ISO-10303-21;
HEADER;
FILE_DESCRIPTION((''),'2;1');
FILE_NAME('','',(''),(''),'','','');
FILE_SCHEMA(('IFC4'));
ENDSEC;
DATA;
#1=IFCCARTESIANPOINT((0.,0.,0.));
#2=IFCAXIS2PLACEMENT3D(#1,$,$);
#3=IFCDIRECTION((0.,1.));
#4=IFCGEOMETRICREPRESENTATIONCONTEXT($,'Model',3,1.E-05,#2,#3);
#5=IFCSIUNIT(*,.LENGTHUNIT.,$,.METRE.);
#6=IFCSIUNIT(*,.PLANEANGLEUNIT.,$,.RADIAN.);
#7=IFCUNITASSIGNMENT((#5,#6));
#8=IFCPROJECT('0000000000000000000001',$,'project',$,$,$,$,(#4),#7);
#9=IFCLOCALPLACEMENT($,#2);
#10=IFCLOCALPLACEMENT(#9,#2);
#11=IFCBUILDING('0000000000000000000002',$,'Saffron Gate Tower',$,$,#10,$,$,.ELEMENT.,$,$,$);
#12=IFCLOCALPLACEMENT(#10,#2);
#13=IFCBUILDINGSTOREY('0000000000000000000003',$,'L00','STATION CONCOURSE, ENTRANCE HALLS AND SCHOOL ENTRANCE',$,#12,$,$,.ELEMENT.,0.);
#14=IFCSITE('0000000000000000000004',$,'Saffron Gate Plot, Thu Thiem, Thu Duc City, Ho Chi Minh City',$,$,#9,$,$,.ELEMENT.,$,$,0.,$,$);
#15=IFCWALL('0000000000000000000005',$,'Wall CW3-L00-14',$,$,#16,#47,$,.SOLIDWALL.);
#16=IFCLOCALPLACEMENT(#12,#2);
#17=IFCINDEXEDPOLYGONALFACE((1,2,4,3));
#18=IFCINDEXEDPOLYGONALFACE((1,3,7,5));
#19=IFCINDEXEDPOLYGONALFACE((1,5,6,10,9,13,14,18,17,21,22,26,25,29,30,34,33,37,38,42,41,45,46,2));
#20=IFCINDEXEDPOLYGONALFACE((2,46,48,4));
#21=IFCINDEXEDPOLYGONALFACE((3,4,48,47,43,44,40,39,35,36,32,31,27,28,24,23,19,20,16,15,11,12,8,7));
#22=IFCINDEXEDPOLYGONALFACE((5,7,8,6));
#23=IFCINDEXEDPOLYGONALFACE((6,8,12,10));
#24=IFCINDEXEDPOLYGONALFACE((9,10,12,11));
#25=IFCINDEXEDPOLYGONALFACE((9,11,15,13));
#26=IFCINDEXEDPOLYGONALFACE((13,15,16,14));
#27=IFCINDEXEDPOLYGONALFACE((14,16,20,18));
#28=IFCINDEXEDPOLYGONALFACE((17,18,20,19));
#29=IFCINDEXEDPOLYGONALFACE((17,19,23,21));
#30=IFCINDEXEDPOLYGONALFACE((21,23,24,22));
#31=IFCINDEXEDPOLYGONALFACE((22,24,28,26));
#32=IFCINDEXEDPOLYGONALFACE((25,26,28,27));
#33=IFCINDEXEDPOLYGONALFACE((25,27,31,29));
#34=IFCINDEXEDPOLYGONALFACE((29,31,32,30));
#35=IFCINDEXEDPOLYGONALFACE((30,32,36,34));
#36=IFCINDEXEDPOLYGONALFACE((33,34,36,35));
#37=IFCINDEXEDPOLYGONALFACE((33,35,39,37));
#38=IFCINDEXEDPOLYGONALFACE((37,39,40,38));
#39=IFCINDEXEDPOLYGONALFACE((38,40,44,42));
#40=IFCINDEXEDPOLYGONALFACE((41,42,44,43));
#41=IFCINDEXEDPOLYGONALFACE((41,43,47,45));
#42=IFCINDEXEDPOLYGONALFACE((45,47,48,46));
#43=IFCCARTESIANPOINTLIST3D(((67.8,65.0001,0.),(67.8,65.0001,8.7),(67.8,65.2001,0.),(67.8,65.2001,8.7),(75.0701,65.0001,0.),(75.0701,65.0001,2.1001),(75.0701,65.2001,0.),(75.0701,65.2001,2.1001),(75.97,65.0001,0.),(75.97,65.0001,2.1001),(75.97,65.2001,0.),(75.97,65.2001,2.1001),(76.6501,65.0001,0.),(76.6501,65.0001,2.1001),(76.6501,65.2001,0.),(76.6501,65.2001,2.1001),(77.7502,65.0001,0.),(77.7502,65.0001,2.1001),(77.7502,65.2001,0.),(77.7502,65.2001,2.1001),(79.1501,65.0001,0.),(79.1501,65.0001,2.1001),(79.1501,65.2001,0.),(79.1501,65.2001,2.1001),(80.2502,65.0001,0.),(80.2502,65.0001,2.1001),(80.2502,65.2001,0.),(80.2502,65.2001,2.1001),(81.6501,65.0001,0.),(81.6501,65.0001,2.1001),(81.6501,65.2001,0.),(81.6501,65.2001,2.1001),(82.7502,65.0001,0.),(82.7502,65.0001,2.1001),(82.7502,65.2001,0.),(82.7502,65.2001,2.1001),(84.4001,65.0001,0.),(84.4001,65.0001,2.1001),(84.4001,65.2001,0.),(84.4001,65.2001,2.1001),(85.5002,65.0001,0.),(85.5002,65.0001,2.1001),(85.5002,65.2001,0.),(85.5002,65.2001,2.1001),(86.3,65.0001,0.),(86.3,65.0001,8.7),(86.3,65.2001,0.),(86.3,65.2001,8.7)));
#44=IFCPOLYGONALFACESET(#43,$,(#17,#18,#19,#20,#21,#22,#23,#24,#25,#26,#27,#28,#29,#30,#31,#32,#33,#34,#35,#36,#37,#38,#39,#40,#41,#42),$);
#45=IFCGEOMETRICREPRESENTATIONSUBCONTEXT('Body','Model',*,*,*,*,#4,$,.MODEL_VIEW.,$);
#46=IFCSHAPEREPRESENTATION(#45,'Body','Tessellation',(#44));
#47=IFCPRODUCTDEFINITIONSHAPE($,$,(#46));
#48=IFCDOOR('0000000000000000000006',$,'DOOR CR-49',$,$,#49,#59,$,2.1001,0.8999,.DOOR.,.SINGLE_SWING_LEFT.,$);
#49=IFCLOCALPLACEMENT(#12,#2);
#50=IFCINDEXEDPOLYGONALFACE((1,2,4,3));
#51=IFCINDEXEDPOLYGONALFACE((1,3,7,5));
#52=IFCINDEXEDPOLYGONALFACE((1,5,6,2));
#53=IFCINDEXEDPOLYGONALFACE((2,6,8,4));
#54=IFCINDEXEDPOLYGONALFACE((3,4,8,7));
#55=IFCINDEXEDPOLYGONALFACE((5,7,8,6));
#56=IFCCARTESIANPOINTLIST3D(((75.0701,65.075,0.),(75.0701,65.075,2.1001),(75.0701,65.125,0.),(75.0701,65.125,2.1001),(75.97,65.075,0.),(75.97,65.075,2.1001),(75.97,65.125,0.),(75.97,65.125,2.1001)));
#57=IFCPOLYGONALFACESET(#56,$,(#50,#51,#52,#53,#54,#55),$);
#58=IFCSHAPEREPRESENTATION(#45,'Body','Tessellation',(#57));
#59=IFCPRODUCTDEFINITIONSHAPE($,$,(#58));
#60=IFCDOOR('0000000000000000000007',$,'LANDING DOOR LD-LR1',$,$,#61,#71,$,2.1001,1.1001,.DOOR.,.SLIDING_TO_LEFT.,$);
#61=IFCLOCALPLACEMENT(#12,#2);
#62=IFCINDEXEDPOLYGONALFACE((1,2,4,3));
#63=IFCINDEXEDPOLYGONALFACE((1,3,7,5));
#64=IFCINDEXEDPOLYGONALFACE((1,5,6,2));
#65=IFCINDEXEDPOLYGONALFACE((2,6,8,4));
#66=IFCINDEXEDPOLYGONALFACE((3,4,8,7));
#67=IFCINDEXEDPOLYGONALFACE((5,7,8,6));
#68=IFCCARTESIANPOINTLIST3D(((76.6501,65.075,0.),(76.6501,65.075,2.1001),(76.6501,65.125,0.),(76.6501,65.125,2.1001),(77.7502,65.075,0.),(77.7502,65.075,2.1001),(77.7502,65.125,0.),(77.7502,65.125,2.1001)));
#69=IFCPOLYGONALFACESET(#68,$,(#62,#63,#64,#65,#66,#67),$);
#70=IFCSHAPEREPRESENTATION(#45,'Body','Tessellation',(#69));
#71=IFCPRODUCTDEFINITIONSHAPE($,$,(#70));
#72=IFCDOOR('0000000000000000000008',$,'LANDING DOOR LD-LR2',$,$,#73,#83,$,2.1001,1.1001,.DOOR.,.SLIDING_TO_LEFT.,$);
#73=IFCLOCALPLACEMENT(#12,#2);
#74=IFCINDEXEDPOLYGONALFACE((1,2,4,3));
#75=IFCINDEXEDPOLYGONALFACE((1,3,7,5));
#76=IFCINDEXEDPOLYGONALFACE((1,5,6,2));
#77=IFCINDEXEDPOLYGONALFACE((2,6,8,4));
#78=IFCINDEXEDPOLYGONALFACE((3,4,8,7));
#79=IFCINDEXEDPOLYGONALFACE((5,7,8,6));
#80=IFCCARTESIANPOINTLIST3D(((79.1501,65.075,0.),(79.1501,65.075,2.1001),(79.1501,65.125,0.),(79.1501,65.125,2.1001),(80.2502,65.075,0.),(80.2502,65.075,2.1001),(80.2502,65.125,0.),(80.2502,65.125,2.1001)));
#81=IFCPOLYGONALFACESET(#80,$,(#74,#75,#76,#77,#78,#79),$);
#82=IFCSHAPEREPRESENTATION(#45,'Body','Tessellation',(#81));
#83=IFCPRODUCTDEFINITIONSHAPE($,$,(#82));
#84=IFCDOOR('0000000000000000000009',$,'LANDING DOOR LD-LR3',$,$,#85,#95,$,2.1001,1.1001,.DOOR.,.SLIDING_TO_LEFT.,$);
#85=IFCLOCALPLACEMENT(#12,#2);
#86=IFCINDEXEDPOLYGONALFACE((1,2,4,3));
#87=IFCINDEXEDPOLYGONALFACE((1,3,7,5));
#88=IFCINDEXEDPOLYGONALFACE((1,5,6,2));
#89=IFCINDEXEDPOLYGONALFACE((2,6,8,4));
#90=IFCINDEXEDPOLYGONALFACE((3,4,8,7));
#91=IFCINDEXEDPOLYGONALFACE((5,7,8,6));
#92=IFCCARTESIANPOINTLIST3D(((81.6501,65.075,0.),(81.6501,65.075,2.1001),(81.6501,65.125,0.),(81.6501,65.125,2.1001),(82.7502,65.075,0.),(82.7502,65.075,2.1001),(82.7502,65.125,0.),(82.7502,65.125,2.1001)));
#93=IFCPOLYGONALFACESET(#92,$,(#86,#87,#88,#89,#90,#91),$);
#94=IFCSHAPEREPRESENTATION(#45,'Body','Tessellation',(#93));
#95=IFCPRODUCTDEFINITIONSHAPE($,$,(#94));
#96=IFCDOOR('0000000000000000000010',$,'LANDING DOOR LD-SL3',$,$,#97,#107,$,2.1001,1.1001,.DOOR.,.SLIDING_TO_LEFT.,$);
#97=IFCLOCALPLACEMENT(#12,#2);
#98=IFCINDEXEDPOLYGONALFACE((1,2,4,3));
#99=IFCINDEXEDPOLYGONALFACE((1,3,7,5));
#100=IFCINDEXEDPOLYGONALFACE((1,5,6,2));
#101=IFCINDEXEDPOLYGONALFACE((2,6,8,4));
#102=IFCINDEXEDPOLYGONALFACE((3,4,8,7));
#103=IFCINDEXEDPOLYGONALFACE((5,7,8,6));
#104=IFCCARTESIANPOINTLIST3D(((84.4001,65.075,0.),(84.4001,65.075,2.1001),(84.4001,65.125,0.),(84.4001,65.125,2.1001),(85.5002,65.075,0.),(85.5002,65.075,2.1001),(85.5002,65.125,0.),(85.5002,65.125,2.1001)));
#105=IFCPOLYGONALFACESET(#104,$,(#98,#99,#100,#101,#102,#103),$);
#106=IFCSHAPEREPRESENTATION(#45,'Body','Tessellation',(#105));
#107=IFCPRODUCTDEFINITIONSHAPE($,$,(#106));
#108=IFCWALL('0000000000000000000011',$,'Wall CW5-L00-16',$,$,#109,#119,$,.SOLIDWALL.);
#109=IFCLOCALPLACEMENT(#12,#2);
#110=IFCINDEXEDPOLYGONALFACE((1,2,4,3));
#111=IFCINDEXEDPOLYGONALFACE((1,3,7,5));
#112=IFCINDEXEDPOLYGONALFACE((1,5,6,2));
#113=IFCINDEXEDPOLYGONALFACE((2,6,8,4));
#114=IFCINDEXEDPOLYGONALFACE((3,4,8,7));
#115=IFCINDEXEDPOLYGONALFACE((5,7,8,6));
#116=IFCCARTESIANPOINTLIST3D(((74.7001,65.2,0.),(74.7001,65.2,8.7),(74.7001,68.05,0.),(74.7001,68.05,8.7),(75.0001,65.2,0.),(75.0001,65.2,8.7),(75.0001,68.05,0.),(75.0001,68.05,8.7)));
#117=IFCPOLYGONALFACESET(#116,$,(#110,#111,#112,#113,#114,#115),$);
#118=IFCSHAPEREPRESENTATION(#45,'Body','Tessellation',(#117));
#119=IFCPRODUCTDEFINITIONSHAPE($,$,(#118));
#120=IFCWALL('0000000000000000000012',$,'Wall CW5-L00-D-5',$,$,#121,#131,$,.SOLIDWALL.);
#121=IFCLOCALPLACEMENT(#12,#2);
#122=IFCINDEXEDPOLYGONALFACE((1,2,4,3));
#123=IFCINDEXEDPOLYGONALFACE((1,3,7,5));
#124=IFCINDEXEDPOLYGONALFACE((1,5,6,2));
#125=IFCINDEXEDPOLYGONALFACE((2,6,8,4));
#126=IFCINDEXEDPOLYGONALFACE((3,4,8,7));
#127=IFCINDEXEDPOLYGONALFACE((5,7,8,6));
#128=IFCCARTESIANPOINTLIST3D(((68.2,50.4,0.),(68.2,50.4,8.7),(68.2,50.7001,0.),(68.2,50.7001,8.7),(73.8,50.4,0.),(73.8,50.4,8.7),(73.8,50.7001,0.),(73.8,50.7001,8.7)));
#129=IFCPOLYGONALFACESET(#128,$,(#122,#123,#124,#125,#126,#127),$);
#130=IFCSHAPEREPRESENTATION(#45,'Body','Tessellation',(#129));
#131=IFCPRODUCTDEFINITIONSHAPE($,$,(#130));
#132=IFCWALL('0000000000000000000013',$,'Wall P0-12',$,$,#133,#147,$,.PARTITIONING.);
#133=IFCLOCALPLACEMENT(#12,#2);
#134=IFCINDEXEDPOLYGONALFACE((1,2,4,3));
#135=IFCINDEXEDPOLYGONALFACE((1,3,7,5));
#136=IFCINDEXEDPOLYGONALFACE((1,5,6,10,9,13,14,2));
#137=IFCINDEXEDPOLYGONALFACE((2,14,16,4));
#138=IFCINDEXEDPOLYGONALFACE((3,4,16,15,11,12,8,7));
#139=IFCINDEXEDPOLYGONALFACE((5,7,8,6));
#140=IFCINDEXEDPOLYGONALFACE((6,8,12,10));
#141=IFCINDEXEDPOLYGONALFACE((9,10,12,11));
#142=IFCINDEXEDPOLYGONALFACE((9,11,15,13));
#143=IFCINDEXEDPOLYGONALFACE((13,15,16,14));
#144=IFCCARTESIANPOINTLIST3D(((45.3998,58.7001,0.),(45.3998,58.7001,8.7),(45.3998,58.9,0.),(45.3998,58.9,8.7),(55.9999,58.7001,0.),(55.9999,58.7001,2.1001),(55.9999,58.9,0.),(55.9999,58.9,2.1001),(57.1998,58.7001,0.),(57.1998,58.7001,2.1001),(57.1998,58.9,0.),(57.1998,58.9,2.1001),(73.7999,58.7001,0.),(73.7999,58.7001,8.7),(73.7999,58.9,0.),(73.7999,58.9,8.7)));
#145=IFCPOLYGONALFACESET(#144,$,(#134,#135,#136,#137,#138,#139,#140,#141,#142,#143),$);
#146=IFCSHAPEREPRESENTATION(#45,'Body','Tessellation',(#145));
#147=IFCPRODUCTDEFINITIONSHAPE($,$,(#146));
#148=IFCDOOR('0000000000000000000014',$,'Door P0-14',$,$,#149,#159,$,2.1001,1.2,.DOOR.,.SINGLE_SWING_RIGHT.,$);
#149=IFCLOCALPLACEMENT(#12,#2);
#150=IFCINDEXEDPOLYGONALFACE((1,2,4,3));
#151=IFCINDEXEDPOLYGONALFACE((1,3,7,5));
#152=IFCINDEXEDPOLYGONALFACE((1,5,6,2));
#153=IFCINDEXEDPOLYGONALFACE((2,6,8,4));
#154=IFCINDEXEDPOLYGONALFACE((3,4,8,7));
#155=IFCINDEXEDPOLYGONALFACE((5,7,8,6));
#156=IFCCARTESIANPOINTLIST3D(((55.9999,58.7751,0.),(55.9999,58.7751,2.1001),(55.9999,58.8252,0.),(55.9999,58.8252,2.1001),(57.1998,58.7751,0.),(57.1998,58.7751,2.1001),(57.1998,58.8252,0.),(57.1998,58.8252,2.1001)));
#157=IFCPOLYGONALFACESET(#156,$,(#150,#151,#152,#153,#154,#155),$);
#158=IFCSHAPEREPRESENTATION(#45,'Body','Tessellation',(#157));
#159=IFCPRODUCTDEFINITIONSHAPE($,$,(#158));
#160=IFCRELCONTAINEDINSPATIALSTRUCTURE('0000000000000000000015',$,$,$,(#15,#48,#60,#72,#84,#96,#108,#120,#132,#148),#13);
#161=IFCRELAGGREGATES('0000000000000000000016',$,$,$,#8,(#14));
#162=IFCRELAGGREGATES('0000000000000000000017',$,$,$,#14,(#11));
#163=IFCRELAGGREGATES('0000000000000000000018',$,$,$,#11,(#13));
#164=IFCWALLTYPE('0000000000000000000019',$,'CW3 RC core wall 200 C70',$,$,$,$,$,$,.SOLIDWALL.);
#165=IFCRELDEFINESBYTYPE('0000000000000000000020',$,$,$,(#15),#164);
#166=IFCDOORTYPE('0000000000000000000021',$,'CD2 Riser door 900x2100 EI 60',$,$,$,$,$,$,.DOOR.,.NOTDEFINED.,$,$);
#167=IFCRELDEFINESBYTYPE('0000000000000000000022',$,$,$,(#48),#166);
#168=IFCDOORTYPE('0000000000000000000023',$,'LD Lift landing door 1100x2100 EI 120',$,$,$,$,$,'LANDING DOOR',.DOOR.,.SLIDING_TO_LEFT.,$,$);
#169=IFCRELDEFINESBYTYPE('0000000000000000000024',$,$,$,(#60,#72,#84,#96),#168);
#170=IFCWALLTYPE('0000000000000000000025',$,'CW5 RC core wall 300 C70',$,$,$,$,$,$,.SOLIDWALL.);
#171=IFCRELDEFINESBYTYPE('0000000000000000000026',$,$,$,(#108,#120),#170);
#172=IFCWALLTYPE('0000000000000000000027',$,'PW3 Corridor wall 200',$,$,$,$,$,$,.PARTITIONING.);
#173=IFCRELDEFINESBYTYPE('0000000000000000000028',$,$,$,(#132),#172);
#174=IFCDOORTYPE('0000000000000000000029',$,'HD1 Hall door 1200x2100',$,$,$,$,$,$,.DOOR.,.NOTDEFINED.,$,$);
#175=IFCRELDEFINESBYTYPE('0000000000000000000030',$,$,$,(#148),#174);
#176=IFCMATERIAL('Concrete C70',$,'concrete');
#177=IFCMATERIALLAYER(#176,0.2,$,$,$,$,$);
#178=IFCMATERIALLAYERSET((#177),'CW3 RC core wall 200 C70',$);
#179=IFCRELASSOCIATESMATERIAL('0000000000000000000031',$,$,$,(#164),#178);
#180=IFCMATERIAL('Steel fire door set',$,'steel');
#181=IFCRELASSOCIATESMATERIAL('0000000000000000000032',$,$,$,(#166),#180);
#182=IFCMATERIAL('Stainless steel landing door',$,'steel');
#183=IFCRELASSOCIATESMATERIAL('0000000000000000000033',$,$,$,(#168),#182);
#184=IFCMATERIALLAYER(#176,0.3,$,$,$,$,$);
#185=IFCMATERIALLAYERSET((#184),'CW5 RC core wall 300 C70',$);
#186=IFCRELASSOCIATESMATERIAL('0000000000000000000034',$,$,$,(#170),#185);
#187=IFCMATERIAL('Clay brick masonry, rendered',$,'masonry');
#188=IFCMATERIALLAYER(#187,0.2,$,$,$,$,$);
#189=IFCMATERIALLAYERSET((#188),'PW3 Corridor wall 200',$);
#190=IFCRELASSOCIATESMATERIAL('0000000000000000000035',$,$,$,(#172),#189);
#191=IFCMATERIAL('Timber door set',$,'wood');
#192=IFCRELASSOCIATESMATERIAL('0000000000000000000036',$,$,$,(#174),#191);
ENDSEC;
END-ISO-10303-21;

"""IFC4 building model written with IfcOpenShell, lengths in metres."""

from ifc_helpers import new_model, si_unit, direction, frame, frame_2d, origin, place, context, subcontext, project, spatial, rectangle, extrude, material, layer, layer_set, type_object, element, fill, save


model = new_model("IFC4")

# Units and contexts
model_context = context("Model", 3, precision=1e-05, world=origin(), true_north=direction((0.0, 1.0)))
body_context = subcontext(model_context, "Body", "Model", "MODEL_VIEW")
ifc_project = project(units=[si_unit("LENGTHUNIT", "METRE"), si_unit("PLANEANGLEUNIT", "RADIAN")], contexts=[model_context])

# Site, building, storey
site_placement = place(None, origin())
site = spatial("IfcSite", under=ifc_project, at=site_placement, Name="Saffron Gate Plot, Thu Thiem, Thu Duc City, Ho Chi Minh City", CompositionType="ELEMENT", RefElevation=0.0)
building_placement = place(site_placement, origin())
building = spatial("IfcBuilding", under=site, at=building_placement, Name="Saffron Gate Tower", CompositionType="ELEMENT")
storey_placement = place(building_placement, origin())
storey = spatial("IfcBuildingStorey", under=building, at=storey_placement, Name="L00", Description="STATION CONCOURSE, ENTRANCE HALLS AND SCHOOL ENTRANCE", CompositionType="ELEMENT", Elevation=0.0)

# Shared definitions
ifc_material_1 = material(Name="Concrete C70", Category="concrete")
ifc_material_2 = material(Name="Steel fire door set", Category="steel")

# Wall, openings, doors
ifc_layer_1 = layer(ifc_material_1, 0.2)
ifc_layer_set_1 = layer_set([ifc_layer_1], Name="CW3 RC core wall 200 C70")
wall_type_1 = type_object("IfcWallType", Name="CW3 RC core wall 200 C70", PredefinedType="SOLIDWALL", material=ifc_layer_set_1)
wall_1_placement = place(storey_placement, frame((67.8, 65.1001, 0.0), z_axis=(0.0, 0.0, 1.0), x_axis=(1.0, 0.0, 0.0)))
wall_1 = element("IfcWall", 1, at=wall_1_placement, inside=storey, type_object=wall_type_1, Name="Wall CW3-L00-14", PredefinedType="SOLIDWALL", context=body_context, shape_type="SweptSolid", body=[
    extrude(rectangle(XDim=18.5, YDim=0.2, at=frame_2d((9.25, 0.0))), origin(), (0.0, 0.0, 1.0), 8.7),
])
opening_1_placement = place(wall_1_placement, frame((7.27, 0.0, 0.0)))
opening_1 = element("IfcOpeningElement", 2, at=opening_1_placement, cuts=wall_1, PredefinedType="OPENING", context=body_context, shape_type="SweptSolid", body=[
    extrude(rectangle(XDim=0.8999, YDim=2.1001, at=frame_2d((0.45, 1.05))), frame((0.0, 0.1099, 0.0), z_axis=(0.0, -1.0, 0.0), x_axis=(1.0, 0.0, 0.0)), (0.0, 0.0, 1.0), 0.22),
])
opening_2_placement = place(wall_1_placement, frame((8.8501, 0.0, 0.0)))
opening_2 = element("IfcOpeningElement", 3, at=opening_2_placement, cuts=wall_1, PredefinedType="OPENING", context=body_context, shape_type="SweptSolid", body=[
    extrude(rectangle(XDim=1.1001, YDim=2.1001, at=frame_2d((0.55, 1.05))), frame((0.0, 0.1099, 0.0), z_axis=(0.0, -1.0, 0.0), x_axis=(1.0, 0.0, 0.0)), (0.0, 0.0, 1.0), 0.22),
])
opening_3_placement = place(wall_1_placement, frame((11.3501, 0.0, 0.0)))
opening_3 = element("IfcOpeningElement", 4, at=opening_3_placement, cuts=wall_1, PredefinedType="OPENING", context=body_context, shape_type="SweptSolid", body=[
    extrude(rectangle(XDim=1.1001, YDim=2.1001, at=frame_2d((0.55, 1.05))), frame((0.0, 0.1099, 0.0), z_axis=(0.0, -1.0, 0.0), x_axis=(1.0, 0.0, 0.0)), (0.0, 0.0, 1.0), 0.22),
])
opening_4_placement = place(wall_1_placement, frame((13.8501, 0.0, 0.0)))
opening_4 = element("IfcOpeningElement", 5, at=opening_4_placement, cuts=wall_1, PredefinedType="OPENING", context=body_context, shape_type="SweptSolid", body=[
    extrude(rectangle(XDim=1.1001, YDim=2.1001, at=frame_2d((0.55, 1.05))), frame((0.0, 0.1099, 0.0), z_axis=(0.0, -1.0, 0.0), x_axis=(1.0, 0.0, 0.0)), (0.0, 0.0, 1.0), 0.22),
])
opening_5_placement = place(wall_1_placement, frame((16.6001, 0.0, 0.0)))
opening_5 = element("IfcOpeningElement", 6, at=opening_5_placement, cuts=wall_1, PredefinedType="OPENING", context=body_context, shape_type="SweptSolid", body=[
    extrude(rectangle(XDim=1.1001, YDim=2.1001, at=frame_2d((0.55, 1.05))), frame((0.0, 0.1099, 0.0), z_axis=(0.0, -1.0, 0.0), x_axis=(1.0, 0.0, 0.0)), (0.0, 0.0, 1.0), 0.22),
])
door_type_1 = type_object("IfcDoorType", Name="CD2 Riser door 900x2100 EI 60", OperationType="NOTDEFINED", PredefinedType="DOOR", material=ifc_material_2)
door_1_placement = place(opening_1_placement, origin())
door_1 = element("IfcDoor", 7, at=door_1_placement, inside=storey, type_object=door_type_1, Name="DOOR CR-49", OperationType="SINGLE_SWING_LEFT", OverallHeight=2.1001, OverallWidth=0.8999, PredefinedType="DOOR", context=body_context, shape_type="SweptSolid", body=[
    extrude(rectangle(XDim=0.8999, YDim=2.1001, at=frame_2d((0.45, 1.05))), frame((0.0, 0.0249, 0.0), z_axis=(0.0, -1.0, 0.0), x_axis=(1.0, 0.0, 0.0)), (0.0, 0.0, 1.0), 0.05),
])
fill(opening_1, door_1)
ifc_material_3 = material(Name="Stainless steel landing door", Category="steel")
door_type_2 = type_object("IfcDoorType", Name="LD Lift landing door 1100x2100 EI 120", ElementType="LANDING DOOR", OperationType="SLIDING_TO_LEFT", PredefinedType="DOOR", material=ifc_material_3)
door_2_placement = place(opening_2_placement, origin())
door_2 = element("IfcDoor", 8, at=door_2_placement, inside=storey, type_object=door_type_2, Name="LANDING DOOR LD-LR1", OperationType="SLIDING_TO_LEFT", OverallHeight=2.1001, OverallWidth=1.1001, PredefinedType="DOOR", context=body_context, shape_type="SweptSolid", body=[
    extrude(rectangle(XDim=1.1001, YDim=2.1001, at=frame_2d((0.55, 1.05))), frame((0.0, 0.0249, 0.0), z_axis=(0.0, -1.0, 0.0), x_axis=(1.0, 0.0, 0.0)), (0.0, 0.0, 1.0), 0.05),
])
fill(opening_2, door_2)
door_3_placement = place(opening_3_placement, origin())
door_3 = element("IfcDoor", 9, at=door_3_placement, inside=storey, type_object=door_type_2, Name="LANDING DOOR LD-LR2", OperationType="SLIDING_TO_LEFT", OverallHeight=2.1001, OverallWidth=1.1001, PredefinedType="DOOR", context=body_context, shape_type="SweptSolid", body=[
    extrude(rectangle(XDim=1.1001, YDim=2.1001, at=frame_2d((0.55, 1.05))), frame((0.0, 0.0249, 0.0), z_axis=(0.0, -1.0, 0.0), x_axis=(1.0, 0.0, 0.0)), (0.0, 0.0, 1.0), 0.05),
])
fill(opening_3, door_3)
door_4_placement = place(opening_4_placement, origin())
door_4 = element("IfcDoor", 10, at=door_4_placement, inside=storey, type_object=door_type_2, Name="LANDING DOOR LD-LR3", OperationType="SLIDING_TO_LEFT", OverallHeight=2.1001, OverallWidth=1.1001, PredefinedType="DOOR", context=body_context, shape_type="SweptSolid", body=[
    extrude(rectangle(XDim=1.1001, YDim=2.1001, at=frame_2d((0.55, 1.05))), frame((0.0, 0.0249, 0.0), z_axis=(0.0, -1.0, 0.0), x_axis=(1.0, 0.0, 0.0)), (0.0, 0.0, 1.0), 0.05),
])
fill(opening_4, door_4)
door_5_placement = place(opening_5_placement, origin())
door_5 = element("IfcDoor", 11, at=door_5_placement, inside=storey, type_object=door_type_2, Name="LANDING DOOR LD-SL3", OperationType="SLIDING_TO_LEFT", OverallHeight=2.1001, OverallWidth=1.1001, PredefinedType="DOOR", context=body_context, shape_type="SweptSolid", body=[
    extrude(rectangle(XDim=1.1001, YDim=2.1001, at=frame_2d((0.55, 1.05))), frame((0.0, 0.0249, 0.0), z_axis=(0.0, -1.0, 0.0), x_axis=(1.0, 0.0, 0.0)), (0.0, 0.0, 1.0), 0.05),
])
fill(opening_5, door_5)

# Walls
ifc_layer_2 = layer(ifc_material_1, 0.3)
ifc_layer_set_2 = layer_set([ifc_layer_2], Name="CW5 RC core wall 300 C70")
wall_type_2 = type_object("IfcWallType", Name="CW5 RC core wall 300 C70", PredefinedType="SOLIDWALL", material=ifc_layer_set_2)
wall_2_placement = place(storey_placement, frame((74.8501, 65.2, 0.0), z_axis=(0.0, 0.0, 1.0), x_axis=(0.0, 1.0, 0.0)))
element("IfcWall", 12, at=wall_2_placement, inside=storey, type_object=wall_type_2, Name="Wall CW5-L00-16", PredefinedType="SOLIDWALL", context=body_context, shape_type="SweptSolid", body=[
    extrude(rectangle(XDim=2.8501, YDim=0.3, at=frame_2d((1.425, 0.0))), origin(), (0.0, 0.0, 1.0), 8.7),
])
wall_3_placement = place(storey_placement, frame((68.2, 50.55, 0.0), z_axis=(0.0, 0.0, 1.0), x_axis=(1.0, 0.0, 0.0)))
element("IfcWall", 13, at=wall_3_placement, inside=storey, type_object=wall_type_2, Name="Wall CW5-L00-D-5", PredefinedType="SOLIDWALL", context=body_context, shape_type="SweptSolid", body=[
    extrude(rectangle(XDim=5.6001, YDim=0.3, at=frame_2d((2.8, 0.0))), origin(), (0.0, 0.0, 1.0), 8.7),
])

# Wall, opening, door
ifc_material_4 = material(Name="Clay brick masonry, rendered", Category="masonry")
ifc_layer_3 = layer(ifc_material_4, 0.2)
ifc_layer_set_3 = layer_set([ifc_layer_3], Name="PW3 Corridor wall 200")
wall_type_3 = type_object("IfcWallType", Name="PW3 Corridor wall 200", PredefinedType="PARTITIONING", material=ifc_layer_set_3)
wall_4_placement = place(storey_placement, frame((73.8, 58.8, 0.0), z_axis=(0.0, 0.0, 1.0), x_axis=(-1.0, 0.0, 0.0)))
wall_4 = element("IfcWall", 14, at=wall_4_placement, inside=storey, type_object=wall_type_3, Name="Wall P0-12", PredefinedType="PARTITIONING", context=body_context, shape_type="SweptSolid", body=[
    extrude(rectangle(XDim=28.4001, YDim=0.2, at=frame_2d((14.2002, 0.0))), origin(), (0.0, 0.0, 1.0), 8.7),
])
opening_6_placement = place(wall_4_placement, frame((16.6001, 0.0, 0.0)))
opening_6 = element("IfcOpeningElement", 15, at=opening_6_placement, cuts=wall_4, PredefinedType="OPENING", context=body_context, shape_type="SweptSolid", body=[
    extrude(rectangle(XDim=1.2, YDim=2.1001, at=frame_2d((0.6001, 1.05))), frame((0.0, 0.1099, 0.0), z_axis=(0.0, -1.0, 0.0), x_axis=(1.0, 0.0, 0.0)), (0.0, 0.0, 1.0), 0.22),
])
ifc_material_5 = material(Name="Timber door set", Category="wood")
door_type_3 = type_object("IfcDoorType", Name="HD1 Hall door 1200x2100", OperationType="NOTDEFINED", PredefinedType="DOOR", material=ifc_material_5)
door_6_placement = place(opening_6_placement, origin())
door_6 = element("IfcDoor", 16, at=door_6_placement, inside=storey, type_object=door_type_3, Name="Door P0-14", OperationType="SINGLE_SWING_RIGHT", OverallHeight=2.1001, OverallWidth=1.2, PredefinedType="DOOR", context=body_context, shape_type="SweptSolid", body=[
    extrude(rectangle(XDim=1.2, YDim=2.1001, at=frame_2d((0.6001, 1.05))), frame((0.0, 0.0249, 0.0), z_axis=(0.0, -1.0, 0.0), x_axis=(1.0, 0.0, 0.0)), (0.0, 0.0, 1.0), 0.05),
])
fill(opening_6, door_6)

save(model, "model.ifc")
